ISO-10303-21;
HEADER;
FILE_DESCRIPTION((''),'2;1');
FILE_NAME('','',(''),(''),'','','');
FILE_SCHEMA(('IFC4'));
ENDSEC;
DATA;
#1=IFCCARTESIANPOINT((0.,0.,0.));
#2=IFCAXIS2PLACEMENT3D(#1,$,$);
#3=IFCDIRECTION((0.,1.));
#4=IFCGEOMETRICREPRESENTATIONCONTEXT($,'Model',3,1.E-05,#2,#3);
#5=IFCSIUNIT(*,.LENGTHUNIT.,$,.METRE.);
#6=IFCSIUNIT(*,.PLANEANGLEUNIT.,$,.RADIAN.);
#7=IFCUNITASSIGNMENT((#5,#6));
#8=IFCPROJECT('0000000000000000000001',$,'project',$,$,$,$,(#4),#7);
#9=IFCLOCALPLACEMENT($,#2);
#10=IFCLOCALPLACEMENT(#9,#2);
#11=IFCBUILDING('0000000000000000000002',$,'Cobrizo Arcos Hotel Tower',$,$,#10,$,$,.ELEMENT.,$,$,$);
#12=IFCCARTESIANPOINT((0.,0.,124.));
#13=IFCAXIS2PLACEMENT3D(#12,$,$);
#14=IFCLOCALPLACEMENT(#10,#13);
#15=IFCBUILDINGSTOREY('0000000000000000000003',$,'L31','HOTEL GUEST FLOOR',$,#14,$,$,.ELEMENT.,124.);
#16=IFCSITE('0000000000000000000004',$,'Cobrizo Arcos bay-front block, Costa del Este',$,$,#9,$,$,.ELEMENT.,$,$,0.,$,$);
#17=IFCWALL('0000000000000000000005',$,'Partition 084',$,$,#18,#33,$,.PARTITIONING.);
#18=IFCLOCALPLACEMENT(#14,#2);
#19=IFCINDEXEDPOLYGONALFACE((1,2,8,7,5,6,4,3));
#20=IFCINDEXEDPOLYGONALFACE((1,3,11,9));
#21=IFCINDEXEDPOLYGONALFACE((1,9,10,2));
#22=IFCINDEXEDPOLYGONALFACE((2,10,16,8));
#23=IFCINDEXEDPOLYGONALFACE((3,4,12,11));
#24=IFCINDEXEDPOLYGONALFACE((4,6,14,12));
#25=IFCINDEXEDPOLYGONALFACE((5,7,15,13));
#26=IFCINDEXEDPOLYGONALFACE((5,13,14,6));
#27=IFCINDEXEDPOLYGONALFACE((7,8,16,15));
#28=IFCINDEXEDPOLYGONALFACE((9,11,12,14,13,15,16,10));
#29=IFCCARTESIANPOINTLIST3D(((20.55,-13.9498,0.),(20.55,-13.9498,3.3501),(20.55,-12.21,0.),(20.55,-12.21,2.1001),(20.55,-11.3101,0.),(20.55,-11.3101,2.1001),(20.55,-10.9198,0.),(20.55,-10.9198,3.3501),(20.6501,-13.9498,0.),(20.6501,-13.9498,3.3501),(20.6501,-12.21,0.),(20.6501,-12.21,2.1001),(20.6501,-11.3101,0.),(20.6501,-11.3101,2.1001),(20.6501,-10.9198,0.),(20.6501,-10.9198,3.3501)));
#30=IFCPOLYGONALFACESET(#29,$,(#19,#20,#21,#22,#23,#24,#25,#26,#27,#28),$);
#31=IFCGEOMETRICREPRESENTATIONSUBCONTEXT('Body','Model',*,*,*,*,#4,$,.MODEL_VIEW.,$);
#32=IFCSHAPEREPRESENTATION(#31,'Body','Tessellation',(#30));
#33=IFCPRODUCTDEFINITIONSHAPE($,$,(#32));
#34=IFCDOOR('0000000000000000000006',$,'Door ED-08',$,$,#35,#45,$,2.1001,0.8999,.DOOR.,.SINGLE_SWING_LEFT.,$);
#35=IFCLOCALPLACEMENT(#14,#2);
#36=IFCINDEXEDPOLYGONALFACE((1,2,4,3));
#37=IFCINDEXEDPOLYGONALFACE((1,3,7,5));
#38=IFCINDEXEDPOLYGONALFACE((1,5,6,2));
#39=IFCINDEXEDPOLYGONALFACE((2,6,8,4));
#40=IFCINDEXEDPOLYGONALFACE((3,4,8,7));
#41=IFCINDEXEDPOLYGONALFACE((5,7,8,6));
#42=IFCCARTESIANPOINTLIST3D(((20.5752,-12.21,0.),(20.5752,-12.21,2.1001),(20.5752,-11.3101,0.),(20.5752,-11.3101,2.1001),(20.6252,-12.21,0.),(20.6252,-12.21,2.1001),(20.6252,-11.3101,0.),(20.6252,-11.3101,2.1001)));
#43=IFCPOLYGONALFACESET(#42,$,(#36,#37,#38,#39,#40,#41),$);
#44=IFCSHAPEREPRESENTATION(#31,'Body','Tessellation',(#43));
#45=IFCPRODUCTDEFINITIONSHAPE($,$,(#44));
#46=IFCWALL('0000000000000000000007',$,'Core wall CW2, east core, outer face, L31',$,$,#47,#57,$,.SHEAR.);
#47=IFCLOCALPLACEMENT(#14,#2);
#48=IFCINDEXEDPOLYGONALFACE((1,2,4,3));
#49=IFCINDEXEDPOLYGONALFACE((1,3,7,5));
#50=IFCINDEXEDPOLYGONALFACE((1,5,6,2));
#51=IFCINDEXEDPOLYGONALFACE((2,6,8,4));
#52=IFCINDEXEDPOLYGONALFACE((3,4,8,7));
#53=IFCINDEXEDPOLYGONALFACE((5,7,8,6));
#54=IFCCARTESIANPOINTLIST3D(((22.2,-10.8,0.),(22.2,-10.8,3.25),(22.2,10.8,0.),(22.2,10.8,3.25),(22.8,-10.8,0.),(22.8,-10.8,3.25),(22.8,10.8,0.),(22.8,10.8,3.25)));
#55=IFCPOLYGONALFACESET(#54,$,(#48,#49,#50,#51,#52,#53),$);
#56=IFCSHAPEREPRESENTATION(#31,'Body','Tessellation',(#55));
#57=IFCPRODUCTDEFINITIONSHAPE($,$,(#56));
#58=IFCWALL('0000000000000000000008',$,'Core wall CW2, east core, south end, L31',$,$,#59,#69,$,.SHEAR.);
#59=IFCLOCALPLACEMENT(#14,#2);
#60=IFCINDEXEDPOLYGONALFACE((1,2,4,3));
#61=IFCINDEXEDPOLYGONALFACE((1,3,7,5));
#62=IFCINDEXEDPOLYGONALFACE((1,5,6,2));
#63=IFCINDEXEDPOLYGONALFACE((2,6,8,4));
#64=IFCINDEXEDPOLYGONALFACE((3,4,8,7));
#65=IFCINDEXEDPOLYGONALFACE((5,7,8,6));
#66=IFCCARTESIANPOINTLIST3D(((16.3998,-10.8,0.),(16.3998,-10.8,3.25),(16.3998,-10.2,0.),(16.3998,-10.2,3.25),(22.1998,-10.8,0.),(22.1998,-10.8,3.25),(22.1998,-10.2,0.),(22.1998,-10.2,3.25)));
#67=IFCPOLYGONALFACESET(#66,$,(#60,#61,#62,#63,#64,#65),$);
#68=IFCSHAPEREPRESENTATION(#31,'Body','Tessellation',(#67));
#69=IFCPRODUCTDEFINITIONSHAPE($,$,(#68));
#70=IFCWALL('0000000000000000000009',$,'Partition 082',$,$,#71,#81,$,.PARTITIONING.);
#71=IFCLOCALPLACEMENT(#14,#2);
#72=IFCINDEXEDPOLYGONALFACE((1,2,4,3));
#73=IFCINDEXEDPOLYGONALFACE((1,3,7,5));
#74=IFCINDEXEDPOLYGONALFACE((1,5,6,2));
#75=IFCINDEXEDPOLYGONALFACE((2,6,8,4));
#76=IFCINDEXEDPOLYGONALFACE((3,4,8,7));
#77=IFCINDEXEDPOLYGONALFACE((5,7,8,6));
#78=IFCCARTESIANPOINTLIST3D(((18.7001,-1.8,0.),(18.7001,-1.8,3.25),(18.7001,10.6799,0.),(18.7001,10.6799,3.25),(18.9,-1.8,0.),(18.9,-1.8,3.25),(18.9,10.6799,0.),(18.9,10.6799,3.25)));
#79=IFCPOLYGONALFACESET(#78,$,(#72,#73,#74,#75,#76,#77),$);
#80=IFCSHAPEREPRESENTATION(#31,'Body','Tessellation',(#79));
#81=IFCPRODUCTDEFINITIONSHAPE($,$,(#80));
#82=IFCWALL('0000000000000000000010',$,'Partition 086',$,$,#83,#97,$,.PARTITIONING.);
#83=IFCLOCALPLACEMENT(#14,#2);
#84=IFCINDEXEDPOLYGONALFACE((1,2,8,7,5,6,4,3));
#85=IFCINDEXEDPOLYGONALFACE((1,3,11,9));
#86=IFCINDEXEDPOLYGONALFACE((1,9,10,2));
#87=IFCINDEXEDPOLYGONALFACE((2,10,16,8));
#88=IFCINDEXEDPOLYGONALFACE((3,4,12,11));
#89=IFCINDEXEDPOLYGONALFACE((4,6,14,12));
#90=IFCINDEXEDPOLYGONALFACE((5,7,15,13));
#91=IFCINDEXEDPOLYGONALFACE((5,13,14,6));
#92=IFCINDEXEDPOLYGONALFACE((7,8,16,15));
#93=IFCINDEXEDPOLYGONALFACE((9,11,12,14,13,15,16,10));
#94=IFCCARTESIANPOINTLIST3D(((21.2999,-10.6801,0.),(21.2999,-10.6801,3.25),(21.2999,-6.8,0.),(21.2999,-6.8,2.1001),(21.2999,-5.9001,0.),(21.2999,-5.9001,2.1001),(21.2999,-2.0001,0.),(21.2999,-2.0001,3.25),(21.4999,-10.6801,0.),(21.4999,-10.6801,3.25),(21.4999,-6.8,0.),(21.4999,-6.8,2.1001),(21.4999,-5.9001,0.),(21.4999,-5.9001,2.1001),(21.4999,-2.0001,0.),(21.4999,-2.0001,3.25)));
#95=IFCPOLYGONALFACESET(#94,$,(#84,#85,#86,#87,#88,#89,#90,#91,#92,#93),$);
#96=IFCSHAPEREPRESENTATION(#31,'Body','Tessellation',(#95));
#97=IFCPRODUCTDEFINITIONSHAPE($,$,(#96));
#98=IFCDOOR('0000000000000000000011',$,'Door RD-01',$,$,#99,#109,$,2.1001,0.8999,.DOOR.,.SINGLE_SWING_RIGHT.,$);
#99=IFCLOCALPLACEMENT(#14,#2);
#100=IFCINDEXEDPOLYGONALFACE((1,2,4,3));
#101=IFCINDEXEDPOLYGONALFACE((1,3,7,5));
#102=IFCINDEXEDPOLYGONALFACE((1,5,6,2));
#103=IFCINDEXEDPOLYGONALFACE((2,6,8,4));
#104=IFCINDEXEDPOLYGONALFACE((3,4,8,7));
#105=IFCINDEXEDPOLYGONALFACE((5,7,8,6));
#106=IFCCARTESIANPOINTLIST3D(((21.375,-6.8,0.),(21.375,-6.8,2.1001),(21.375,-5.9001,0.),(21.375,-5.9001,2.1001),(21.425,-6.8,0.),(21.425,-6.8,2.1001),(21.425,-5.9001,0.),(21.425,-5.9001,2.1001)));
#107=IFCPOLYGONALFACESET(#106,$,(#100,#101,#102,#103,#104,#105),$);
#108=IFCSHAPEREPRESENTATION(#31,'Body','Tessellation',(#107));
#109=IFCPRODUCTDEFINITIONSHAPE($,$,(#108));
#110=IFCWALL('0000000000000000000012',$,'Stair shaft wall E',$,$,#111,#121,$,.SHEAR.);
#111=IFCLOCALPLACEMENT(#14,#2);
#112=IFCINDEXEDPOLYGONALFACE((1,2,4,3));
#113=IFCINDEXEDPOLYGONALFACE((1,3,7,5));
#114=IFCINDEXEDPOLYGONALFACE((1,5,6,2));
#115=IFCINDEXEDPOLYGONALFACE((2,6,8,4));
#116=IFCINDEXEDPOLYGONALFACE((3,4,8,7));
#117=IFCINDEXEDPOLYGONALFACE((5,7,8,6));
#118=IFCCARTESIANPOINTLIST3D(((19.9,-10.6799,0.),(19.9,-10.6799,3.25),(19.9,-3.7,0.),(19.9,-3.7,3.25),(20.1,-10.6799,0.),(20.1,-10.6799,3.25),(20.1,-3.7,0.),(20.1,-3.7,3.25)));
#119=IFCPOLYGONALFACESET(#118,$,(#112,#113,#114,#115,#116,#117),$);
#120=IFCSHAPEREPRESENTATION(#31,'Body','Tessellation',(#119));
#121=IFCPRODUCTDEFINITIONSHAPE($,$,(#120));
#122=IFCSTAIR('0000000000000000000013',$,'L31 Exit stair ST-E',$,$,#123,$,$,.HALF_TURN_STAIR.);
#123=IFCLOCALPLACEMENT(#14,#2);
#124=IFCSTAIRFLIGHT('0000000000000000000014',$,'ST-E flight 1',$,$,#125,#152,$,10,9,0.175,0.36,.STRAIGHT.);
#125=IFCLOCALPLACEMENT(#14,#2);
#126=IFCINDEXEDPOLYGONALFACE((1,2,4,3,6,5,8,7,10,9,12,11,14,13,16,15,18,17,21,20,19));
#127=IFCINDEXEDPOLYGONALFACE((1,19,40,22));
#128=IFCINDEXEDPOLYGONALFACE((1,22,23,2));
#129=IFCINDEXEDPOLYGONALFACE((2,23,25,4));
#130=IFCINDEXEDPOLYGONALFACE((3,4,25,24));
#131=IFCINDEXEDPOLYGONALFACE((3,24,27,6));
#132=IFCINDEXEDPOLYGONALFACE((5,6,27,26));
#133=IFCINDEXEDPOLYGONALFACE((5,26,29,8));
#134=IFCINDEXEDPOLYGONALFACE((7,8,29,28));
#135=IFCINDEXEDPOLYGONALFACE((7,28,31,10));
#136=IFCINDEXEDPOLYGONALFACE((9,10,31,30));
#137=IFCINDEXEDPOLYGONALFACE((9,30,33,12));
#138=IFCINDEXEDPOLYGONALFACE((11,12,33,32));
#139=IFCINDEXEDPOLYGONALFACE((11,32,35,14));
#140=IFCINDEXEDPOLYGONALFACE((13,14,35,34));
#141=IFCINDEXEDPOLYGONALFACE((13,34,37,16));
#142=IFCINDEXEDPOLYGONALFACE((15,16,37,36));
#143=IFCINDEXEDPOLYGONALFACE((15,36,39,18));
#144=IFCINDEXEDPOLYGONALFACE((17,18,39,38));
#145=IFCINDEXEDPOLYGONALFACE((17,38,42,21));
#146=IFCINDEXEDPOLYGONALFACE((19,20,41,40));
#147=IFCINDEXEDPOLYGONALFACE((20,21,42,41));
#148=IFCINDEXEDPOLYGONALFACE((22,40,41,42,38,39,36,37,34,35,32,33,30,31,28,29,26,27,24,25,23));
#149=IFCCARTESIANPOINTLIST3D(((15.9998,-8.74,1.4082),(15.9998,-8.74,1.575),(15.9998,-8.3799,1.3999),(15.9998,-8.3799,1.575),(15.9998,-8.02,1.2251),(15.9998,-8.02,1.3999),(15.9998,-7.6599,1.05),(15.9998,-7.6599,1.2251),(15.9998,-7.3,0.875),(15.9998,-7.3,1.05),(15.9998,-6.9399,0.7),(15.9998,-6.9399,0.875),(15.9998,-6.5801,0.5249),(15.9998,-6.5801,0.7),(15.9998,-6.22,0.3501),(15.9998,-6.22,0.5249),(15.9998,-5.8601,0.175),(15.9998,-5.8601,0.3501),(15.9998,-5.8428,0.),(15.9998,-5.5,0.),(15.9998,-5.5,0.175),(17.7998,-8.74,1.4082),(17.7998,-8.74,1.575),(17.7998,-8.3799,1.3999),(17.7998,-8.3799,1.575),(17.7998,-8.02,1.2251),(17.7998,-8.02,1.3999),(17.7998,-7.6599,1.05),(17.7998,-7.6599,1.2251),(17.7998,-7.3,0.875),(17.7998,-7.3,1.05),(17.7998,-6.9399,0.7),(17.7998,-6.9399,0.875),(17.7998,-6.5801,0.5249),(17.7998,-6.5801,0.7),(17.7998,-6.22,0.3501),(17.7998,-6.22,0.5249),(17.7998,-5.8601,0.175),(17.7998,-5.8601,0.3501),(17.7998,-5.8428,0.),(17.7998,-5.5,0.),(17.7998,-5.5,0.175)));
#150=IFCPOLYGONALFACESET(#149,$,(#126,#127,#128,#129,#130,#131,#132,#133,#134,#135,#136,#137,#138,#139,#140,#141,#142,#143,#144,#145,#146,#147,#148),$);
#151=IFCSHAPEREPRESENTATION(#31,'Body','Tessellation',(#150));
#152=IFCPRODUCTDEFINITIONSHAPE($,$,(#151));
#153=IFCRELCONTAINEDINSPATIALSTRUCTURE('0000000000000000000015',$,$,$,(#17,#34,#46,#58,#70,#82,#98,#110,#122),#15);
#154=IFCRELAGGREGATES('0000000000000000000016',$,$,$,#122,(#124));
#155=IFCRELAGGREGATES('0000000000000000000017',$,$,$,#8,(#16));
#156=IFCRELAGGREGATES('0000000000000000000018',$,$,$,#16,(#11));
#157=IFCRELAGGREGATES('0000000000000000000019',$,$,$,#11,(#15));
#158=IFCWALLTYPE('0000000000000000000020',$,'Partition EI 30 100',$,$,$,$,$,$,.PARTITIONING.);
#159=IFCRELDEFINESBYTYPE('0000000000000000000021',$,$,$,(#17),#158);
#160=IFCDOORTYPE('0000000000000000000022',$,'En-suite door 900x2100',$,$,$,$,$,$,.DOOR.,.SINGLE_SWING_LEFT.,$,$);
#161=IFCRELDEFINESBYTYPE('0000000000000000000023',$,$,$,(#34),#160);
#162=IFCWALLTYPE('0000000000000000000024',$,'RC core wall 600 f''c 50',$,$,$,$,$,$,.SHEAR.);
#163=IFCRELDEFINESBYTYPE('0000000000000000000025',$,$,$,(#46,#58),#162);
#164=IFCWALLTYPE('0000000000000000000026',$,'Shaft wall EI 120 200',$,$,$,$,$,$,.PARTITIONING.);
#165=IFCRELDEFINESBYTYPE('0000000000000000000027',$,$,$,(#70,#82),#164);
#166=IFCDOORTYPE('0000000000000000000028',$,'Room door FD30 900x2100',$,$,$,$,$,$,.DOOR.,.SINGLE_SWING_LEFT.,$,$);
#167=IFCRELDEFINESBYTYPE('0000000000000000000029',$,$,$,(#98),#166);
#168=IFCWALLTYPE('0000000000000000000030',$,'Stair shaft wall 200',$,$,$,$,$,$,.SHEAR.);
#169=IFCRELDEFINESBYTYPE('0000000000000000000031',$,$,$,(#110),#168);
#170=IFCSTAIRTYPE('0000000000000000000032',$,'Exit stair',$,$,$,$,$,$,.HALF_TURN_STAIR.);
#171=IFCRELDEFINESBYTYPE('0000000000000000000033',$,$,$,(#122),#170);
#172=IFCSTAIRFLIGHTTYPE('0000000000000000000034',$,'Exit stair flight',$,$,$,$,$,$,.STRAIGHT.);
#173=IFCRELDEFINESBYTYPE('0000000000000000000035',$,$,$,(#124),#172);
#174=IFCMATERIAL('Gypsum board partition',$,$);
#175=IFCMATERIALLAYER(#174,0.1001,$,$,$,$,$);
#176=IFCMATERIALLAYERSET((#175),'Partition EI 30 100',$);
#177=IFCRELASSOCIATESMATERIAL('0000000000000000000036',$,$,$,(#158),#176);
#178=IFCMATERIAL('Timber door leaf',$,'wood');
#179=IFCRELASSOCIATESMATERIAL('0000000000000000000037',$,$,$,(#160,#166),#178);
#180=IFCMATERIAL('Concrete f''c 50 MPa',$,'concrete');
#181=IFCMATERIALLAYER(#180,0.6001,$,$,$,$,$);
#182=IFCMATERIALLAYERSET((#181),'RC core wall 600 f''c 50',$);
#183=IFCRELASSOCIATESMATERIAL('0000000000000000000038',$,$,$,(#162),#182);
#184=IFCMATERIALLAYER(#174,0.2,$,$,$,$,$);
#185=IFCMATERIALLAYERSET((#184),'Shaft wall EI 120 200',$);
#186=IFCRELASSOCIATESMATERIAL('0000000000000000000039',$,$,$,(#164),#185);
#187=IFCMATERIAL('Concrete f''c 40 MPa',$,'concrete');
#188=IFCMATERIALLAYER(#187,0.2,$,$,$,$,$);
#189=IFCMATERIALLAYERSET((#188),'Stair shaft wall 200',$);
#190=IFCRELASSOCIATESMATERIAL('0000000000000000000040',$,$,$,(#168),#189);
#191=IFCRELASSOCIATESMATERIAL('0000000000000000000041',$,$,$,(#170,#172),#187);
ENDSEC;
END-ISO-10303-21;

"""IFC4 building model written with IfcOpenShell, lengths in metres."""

from ifc_helpers import new_model, si_unit, direction, frame, frame_2d, origin, place, context, subcontext, project, spatial, polyline, rectangle, outline, extrude, material, layer, layer_set, type_object, element, fill, aggregate, save


model = new_model("IFC4")

# Units and contexts
model_context = context("Model", 3, precision=1e-05, world=origin(), true_north=direction((0.0, 1.0)))
body_context = subcontext(model_context, "Body", "Model", "MODEL_VIEW")
ifc_project = project(units=[si_unit("LENGTHUNIT", "METRE"), si_unit("PLANEANGLEUNIT", "RADIAN")], contexts=[model_context])

# Site, building, storey
site_placement = place(None, origin())
site = spatial("IfcSite", under=ifc_project, at=site_placement, Name="Cobrizo Arcos bay-front block, Costa del Este", CompositionType="ELEMENT", RefElevation=0.0)
building_placement = place(site_placement, origin())
building = spatial("IfcBuilding", under=site, at=building_placement, Name="Cobrizo Arcos Hotel Tower", CompositionType="ELEMENT")
storey_placement = place(building_placement, frame((0.0, 0.0, 124.0)))
storey = spatial("IfcBuildingStorey", under=building, at=storey_placement, Name="L31", Description="HOTEL GUEST FLOOR", CompositionType="ELEMENT", Elevation=124.0)

# Shared definitions
ifc_material_1 = material(Name="Gypsum board partition")
ifc_layer_1 = layer(ifc_material_1, 0.1001)
ifc_layer_set_1 = layer_set([ifc_layer_1], Name="Partition EI 30 100")
wall_type_1 = type_object("IfcWallType", Name="Partition EI 30 100", PredefinedType="PARTITIONING", material=ifc_layer_set_1)

# Wall, opening, door
wall_1_placement = place(storey_placement, frame((20.6001, -13.95, 0.0), z_axis=(0.0, 0.0, 1.0), x_axis=(0.0, 1.0, 0.0)))
wall_1 = element("IfcWall", 1, at=wall_1_placement, inside=storey, type_object=wall_type_1, Name="Partition 084", PredefinedType="PARTITIONING", context=body_context, shape_type="SweptSolid", body=[
    extrude(rectangle(XDim=3.03, YDim=0.1001, at=frame_2d((1.5151, 0.0))), origin(), (0.0, 0.0, 1.0), 3.3501),
])
opening_1_placement = place(wall_1_placement, frame((1.74, 0.0, 0.0)))
opening_1 = element("IfcOpeningElement", 2, at=opening_1_placement, cuts=wall_1, PredefinedType="OPENING", context=body_context, shape_type="SweptSolid", body=[
    extrude(rectangle(XDim=0.8999, YDim=2.1001, at=frame_2d((0.45, 1.05))), frame((0.0, 0.062, 0.0), z_axis=(0.0, -1.0, 0.0), x_axis=(1.0, 0.0, 0.0)), (0.0, 0.0, 1.0), 0.124),
])
ifc_material_2 = material(Name="Timber door leaf", Category="wood")
door_type_1 = type_object("IfcDoorType", Name="En-suite door 900x2100", OperationType="SINGLE_SWING_LEFT", PredefinedType="DOOR", material=ifc_material_2)
door_1_placement = place(opening_1_placement, origin())
door_1 = element("IfcDoor", 3, at=door_1_placement, inside=storey, type_object=door_type_1, Name="Door ED-08", OperationType="SINGLE_SWING_LEFT", OverallHeight=2.1001, OverallWidth=0.8999, PredefinedType="DOOR", context=body_context, shape_type="SweptSolid", body=[
    extrude(rectangle(XDim=0.8999, YDim=2.1001, at=frame_2d((0.45, 1.05))), frame((0.0, 0.0249, 0.0), z_axis=(0.0, -1.0, 0.0), x_axis=(1.0, 0.0, 0.0)), (0.0, 0.0, 1.0), 0.05),
])
fill(opening_1, door_1)

# Walls
ifc_material_3 = material(Name="Concrete f'c 50 MPa", Category="concrete")
ifc_layer_2 = layer(ifc_material_3, 0.6001)
ifc_layer_set_2 = layer_set([ifc_layer_2], Name="RC core wall 600 f'c 50")
wall_type_2 = type_object("IfcWallType", Name="RC core wall 600 f'c 50", PredefinedType="SHEAR", material=ifc_layer_set_2)
wall_2_placement = place(storey_placement, frame((22.5, -10.8, 0.0), z_axis=(0.0, 0.0, 1.0), x_axis=(0.0, 1.0, 0.0)))
element("IfcWall", 4, at=wall_2_placement, inside=storey, type_object=wall_type_2, Name="Core wall CW2, east core, outer face, L31", PredefinedType="SHEAR", context=body_context, shape_type="SweptSolid", body=[
    extrude(rectangle(XDim=21.6001, YDim=0.6001, at=frame_2d((10.8, 0.0))), origin(), (0.0, 0.0, 1.0), 3.25),
])
wall_3_placement = place(storey_placement, frame((16.3999, -10.5, 0.0), z_axis=(0.0, 0.0, 1.0), x_axis=(1.0, 0.0, 0.0)))
element("IfcWall", 5, at=wall_3_placement, inside=storey, type_object=wall_type_2, Name="Core wall CW2, east core, south end, L31", PredefinedType="SHEAR", context=body_context, shape_type="SweptSolid", body=[
    extrude(rectangle(XDim=5.8, YDim=0.6001, at=frame_2d((2.8999, 0.0))), origin(), (0.0, 0.0, 1.0), 3.25),
])
ifc_layer_3 = layer(ifc_material_1, 0.2)
ifc_layer_set_3 = layer_set([ifc_layer_3], Name="Shaft wall EI 120 200")
wall_type_3 = type_object("IfcWallType", Name="Shaft wall EI 120 200", PredefinedType="PARTITIONING", material=ifc_layer_set_3)
wall_4_placement = place(storey_placement, frame((18.8, -1.8, 0.0), z_axis=(0.0, 0.0, 1.0), x_axis=(0.0, 1.0, 0.0)))
element("IfcWall", 6, at=wall_4_placement, inside=storey, type_object=wall_type_3, Name="Partition 082", PredefinedType="PARTITIONING", context=body_context, shape_type="SweptSolid", body=[
    extrude(rectangle(XDim=12.48, YDim=0.2, at=frame_2d((6.24, 0.0))), origin(), (0.0, 0.0, 1.0), 3.25),
])

# Wall, opening, door
wall_5_placement = place(storey_placement, frame((21.3999, -10.6799, 0.0), z_axis=(0.0, 0.0, 1.0), x_axis=(0.0, 1.0, 0.0)))
wall_5 = element("IfcWall", 7, at=wall_5_placement, inside=storey, type_object=wall_type_3, Name="Partition 086", PredefinedType="PARTITIONING", context=body_context, shape_type="SweptSolid", body=[
    extrude(rectangle(XDim=8.6799, YDim=0.2, at=frame_2d((4.3398, 0.0))), origin(), (0.0, 0.0, 1.0), 3.25),
])
opening_2_placement = place(wall_5_placement, frame((3.8799, 0.0, 0.0)))
opening_2 = element("IfcOpeningElement", 8, at=opening_2_placement, cuts=wall_5, PredefinedType="OPENING", context=body_context, shape_type="SweptSolid", body=[
    extrude(rectangle(XDim=0.8999, YDim=2.1001, at=frame_2d((0.45, 1.05))), frame((0.0, 0.1121, 0.0), z_axis=(0.0, -1.0, 0.0), x_axis=(1.0, 0.0, 0.0)), (0.0, 0.0, 1.0), 0.2239),
])
door_type_2 = type_object("IfcDoorType", Name="Room door FD30 900x2100", OperationType="SINGLE_SWING_LEFT", PredefinedType="DOOR", material=ifc_material_2)
door_2_placement = place(opening_2_placement, origin())
door_2 = element("IfcDoor", 9, at=door_2_placement, inside=storey, type_object=door_type_2, Name="Door RD-01", OperationType="SINGLE_SWING_RIGHT", OverallHeight=2.1001, OverallWidth=0.8999, PredefinedType="DOOR", context=body_context, shape_type="SweptSolid", body=[
    extrude(rectangle(XDim=0.8999, YDim=2.1001, at=frame_2d((0.45, 1.05))), frame((0.0, 0.0249, 0.0), z_axis=(0.0, -1.0, 0.0), x_axis=(1.0, 0.0, 0.0)), (0.0, 0.0, 1.0), 0.05),
])
fill(opening_2, door_2)

# Wall
ifc_material_4 = material(Name="Concrete f'c 40 MPa", Category="concrete")
ifc_layer_4 = layer(ifc_material_4, 0.2)
ifc_layer_set_4 = layer_set([ifc_layer_4], Name="Stair shaft wall 200")
wall_type_4 = type_object("IfcWallType", Name="Stair shaft wall 200", PredefinedType="SHEAR", material=ifc_layer_set_4)
wall_6_placement = place(storey_placement, frame((20.0, -10.6799, 0.0), z_axis=(0.0, 0.0, 1.0), x_axis=(0.0, 1.0, 0.0)))
element("IfcWall", 10, at=wall_6_placement, inside=storey, type_object=wall_type_4, Name="Stair shaft wall E", PredefinedType="SHEAR", context=body_context, shape_type="SweptSolid", body=[
    extrude(rectangle(XDim=6.98, YDim=0.2, at=frame_2d((3.49, 0.0))), origin(), (0.0, 0.0, 1.0), 3.25),
])

# Stair, stair flight
stair_type = type_object("IfcStairType", Name="Exit stair", PredefinedType="HALF_TURN_STAIR", material=ifc_material_4)
stair_placement = place(storey_placement, origin())
stair = element("IfcStair", 11, at=stair_placement, inside=storey, type_object=stair_type, Name="L31 Exit stair ST-E", PredefinedType="HALF_TURN_STAIR")
stair_flight_type = type_object("IfcStairFlightType", Name="Exit stair flight", PredefinedType="STRAIGHT", material=ifc_material_4)
stair_flight_1_placement = place(storey_placement, frame((16.8999, -5.5, 0.0), z_axis=(0.0, 0.0, 1.0), x_axis=(0.0, -1.0, 0.0)))
stair_flight_1 = element("IfcStairFlight", 12, at=stair_flight_1_placement, type_object=stair_flight_type, Name="ST-E flight 1", NumberOfRisers=10, NumberOfTreads=9, PredefinedType="STRAIGHT", RiserHeight=0.175, TreadLength=0.36, context=body_context, shape_type="SweptSolid", body=[
    extrude(outline(polyline([(0.0, 0.0), (0.0, 0.175), (0.3601, 0.175), (0.3601, 0.3501), (0.72, 0.3501), (0.72, 0.5249), (1.0801, 0.5249), (1.0801, 0.7), (1.4399, 0.7), (1.4399, 0.875), (1.8, 0.875), (1.8, 1.05), (2.1599, 1.05), (2.1599, 1.2251), (2.52, 1.2251), (2.52, 1.3999), (2.8799, 1.3999), (2.8799, 1.575), (3.24, 1.575), (3.24, 1.75), (3.24, 1.4082), (0.3428, 0.0), (0.0, 0.0)])), frame((0.0, 0.8999, 0.0), z_axis=(0.0, -1.0, 0.0), x_axis=(1.0, 0.0, 0.0)), (0.0, 0.0, 1.0), 1.8),
])
aggregate(stair, [stair_flight_1])

save(model, "model.ifc")
